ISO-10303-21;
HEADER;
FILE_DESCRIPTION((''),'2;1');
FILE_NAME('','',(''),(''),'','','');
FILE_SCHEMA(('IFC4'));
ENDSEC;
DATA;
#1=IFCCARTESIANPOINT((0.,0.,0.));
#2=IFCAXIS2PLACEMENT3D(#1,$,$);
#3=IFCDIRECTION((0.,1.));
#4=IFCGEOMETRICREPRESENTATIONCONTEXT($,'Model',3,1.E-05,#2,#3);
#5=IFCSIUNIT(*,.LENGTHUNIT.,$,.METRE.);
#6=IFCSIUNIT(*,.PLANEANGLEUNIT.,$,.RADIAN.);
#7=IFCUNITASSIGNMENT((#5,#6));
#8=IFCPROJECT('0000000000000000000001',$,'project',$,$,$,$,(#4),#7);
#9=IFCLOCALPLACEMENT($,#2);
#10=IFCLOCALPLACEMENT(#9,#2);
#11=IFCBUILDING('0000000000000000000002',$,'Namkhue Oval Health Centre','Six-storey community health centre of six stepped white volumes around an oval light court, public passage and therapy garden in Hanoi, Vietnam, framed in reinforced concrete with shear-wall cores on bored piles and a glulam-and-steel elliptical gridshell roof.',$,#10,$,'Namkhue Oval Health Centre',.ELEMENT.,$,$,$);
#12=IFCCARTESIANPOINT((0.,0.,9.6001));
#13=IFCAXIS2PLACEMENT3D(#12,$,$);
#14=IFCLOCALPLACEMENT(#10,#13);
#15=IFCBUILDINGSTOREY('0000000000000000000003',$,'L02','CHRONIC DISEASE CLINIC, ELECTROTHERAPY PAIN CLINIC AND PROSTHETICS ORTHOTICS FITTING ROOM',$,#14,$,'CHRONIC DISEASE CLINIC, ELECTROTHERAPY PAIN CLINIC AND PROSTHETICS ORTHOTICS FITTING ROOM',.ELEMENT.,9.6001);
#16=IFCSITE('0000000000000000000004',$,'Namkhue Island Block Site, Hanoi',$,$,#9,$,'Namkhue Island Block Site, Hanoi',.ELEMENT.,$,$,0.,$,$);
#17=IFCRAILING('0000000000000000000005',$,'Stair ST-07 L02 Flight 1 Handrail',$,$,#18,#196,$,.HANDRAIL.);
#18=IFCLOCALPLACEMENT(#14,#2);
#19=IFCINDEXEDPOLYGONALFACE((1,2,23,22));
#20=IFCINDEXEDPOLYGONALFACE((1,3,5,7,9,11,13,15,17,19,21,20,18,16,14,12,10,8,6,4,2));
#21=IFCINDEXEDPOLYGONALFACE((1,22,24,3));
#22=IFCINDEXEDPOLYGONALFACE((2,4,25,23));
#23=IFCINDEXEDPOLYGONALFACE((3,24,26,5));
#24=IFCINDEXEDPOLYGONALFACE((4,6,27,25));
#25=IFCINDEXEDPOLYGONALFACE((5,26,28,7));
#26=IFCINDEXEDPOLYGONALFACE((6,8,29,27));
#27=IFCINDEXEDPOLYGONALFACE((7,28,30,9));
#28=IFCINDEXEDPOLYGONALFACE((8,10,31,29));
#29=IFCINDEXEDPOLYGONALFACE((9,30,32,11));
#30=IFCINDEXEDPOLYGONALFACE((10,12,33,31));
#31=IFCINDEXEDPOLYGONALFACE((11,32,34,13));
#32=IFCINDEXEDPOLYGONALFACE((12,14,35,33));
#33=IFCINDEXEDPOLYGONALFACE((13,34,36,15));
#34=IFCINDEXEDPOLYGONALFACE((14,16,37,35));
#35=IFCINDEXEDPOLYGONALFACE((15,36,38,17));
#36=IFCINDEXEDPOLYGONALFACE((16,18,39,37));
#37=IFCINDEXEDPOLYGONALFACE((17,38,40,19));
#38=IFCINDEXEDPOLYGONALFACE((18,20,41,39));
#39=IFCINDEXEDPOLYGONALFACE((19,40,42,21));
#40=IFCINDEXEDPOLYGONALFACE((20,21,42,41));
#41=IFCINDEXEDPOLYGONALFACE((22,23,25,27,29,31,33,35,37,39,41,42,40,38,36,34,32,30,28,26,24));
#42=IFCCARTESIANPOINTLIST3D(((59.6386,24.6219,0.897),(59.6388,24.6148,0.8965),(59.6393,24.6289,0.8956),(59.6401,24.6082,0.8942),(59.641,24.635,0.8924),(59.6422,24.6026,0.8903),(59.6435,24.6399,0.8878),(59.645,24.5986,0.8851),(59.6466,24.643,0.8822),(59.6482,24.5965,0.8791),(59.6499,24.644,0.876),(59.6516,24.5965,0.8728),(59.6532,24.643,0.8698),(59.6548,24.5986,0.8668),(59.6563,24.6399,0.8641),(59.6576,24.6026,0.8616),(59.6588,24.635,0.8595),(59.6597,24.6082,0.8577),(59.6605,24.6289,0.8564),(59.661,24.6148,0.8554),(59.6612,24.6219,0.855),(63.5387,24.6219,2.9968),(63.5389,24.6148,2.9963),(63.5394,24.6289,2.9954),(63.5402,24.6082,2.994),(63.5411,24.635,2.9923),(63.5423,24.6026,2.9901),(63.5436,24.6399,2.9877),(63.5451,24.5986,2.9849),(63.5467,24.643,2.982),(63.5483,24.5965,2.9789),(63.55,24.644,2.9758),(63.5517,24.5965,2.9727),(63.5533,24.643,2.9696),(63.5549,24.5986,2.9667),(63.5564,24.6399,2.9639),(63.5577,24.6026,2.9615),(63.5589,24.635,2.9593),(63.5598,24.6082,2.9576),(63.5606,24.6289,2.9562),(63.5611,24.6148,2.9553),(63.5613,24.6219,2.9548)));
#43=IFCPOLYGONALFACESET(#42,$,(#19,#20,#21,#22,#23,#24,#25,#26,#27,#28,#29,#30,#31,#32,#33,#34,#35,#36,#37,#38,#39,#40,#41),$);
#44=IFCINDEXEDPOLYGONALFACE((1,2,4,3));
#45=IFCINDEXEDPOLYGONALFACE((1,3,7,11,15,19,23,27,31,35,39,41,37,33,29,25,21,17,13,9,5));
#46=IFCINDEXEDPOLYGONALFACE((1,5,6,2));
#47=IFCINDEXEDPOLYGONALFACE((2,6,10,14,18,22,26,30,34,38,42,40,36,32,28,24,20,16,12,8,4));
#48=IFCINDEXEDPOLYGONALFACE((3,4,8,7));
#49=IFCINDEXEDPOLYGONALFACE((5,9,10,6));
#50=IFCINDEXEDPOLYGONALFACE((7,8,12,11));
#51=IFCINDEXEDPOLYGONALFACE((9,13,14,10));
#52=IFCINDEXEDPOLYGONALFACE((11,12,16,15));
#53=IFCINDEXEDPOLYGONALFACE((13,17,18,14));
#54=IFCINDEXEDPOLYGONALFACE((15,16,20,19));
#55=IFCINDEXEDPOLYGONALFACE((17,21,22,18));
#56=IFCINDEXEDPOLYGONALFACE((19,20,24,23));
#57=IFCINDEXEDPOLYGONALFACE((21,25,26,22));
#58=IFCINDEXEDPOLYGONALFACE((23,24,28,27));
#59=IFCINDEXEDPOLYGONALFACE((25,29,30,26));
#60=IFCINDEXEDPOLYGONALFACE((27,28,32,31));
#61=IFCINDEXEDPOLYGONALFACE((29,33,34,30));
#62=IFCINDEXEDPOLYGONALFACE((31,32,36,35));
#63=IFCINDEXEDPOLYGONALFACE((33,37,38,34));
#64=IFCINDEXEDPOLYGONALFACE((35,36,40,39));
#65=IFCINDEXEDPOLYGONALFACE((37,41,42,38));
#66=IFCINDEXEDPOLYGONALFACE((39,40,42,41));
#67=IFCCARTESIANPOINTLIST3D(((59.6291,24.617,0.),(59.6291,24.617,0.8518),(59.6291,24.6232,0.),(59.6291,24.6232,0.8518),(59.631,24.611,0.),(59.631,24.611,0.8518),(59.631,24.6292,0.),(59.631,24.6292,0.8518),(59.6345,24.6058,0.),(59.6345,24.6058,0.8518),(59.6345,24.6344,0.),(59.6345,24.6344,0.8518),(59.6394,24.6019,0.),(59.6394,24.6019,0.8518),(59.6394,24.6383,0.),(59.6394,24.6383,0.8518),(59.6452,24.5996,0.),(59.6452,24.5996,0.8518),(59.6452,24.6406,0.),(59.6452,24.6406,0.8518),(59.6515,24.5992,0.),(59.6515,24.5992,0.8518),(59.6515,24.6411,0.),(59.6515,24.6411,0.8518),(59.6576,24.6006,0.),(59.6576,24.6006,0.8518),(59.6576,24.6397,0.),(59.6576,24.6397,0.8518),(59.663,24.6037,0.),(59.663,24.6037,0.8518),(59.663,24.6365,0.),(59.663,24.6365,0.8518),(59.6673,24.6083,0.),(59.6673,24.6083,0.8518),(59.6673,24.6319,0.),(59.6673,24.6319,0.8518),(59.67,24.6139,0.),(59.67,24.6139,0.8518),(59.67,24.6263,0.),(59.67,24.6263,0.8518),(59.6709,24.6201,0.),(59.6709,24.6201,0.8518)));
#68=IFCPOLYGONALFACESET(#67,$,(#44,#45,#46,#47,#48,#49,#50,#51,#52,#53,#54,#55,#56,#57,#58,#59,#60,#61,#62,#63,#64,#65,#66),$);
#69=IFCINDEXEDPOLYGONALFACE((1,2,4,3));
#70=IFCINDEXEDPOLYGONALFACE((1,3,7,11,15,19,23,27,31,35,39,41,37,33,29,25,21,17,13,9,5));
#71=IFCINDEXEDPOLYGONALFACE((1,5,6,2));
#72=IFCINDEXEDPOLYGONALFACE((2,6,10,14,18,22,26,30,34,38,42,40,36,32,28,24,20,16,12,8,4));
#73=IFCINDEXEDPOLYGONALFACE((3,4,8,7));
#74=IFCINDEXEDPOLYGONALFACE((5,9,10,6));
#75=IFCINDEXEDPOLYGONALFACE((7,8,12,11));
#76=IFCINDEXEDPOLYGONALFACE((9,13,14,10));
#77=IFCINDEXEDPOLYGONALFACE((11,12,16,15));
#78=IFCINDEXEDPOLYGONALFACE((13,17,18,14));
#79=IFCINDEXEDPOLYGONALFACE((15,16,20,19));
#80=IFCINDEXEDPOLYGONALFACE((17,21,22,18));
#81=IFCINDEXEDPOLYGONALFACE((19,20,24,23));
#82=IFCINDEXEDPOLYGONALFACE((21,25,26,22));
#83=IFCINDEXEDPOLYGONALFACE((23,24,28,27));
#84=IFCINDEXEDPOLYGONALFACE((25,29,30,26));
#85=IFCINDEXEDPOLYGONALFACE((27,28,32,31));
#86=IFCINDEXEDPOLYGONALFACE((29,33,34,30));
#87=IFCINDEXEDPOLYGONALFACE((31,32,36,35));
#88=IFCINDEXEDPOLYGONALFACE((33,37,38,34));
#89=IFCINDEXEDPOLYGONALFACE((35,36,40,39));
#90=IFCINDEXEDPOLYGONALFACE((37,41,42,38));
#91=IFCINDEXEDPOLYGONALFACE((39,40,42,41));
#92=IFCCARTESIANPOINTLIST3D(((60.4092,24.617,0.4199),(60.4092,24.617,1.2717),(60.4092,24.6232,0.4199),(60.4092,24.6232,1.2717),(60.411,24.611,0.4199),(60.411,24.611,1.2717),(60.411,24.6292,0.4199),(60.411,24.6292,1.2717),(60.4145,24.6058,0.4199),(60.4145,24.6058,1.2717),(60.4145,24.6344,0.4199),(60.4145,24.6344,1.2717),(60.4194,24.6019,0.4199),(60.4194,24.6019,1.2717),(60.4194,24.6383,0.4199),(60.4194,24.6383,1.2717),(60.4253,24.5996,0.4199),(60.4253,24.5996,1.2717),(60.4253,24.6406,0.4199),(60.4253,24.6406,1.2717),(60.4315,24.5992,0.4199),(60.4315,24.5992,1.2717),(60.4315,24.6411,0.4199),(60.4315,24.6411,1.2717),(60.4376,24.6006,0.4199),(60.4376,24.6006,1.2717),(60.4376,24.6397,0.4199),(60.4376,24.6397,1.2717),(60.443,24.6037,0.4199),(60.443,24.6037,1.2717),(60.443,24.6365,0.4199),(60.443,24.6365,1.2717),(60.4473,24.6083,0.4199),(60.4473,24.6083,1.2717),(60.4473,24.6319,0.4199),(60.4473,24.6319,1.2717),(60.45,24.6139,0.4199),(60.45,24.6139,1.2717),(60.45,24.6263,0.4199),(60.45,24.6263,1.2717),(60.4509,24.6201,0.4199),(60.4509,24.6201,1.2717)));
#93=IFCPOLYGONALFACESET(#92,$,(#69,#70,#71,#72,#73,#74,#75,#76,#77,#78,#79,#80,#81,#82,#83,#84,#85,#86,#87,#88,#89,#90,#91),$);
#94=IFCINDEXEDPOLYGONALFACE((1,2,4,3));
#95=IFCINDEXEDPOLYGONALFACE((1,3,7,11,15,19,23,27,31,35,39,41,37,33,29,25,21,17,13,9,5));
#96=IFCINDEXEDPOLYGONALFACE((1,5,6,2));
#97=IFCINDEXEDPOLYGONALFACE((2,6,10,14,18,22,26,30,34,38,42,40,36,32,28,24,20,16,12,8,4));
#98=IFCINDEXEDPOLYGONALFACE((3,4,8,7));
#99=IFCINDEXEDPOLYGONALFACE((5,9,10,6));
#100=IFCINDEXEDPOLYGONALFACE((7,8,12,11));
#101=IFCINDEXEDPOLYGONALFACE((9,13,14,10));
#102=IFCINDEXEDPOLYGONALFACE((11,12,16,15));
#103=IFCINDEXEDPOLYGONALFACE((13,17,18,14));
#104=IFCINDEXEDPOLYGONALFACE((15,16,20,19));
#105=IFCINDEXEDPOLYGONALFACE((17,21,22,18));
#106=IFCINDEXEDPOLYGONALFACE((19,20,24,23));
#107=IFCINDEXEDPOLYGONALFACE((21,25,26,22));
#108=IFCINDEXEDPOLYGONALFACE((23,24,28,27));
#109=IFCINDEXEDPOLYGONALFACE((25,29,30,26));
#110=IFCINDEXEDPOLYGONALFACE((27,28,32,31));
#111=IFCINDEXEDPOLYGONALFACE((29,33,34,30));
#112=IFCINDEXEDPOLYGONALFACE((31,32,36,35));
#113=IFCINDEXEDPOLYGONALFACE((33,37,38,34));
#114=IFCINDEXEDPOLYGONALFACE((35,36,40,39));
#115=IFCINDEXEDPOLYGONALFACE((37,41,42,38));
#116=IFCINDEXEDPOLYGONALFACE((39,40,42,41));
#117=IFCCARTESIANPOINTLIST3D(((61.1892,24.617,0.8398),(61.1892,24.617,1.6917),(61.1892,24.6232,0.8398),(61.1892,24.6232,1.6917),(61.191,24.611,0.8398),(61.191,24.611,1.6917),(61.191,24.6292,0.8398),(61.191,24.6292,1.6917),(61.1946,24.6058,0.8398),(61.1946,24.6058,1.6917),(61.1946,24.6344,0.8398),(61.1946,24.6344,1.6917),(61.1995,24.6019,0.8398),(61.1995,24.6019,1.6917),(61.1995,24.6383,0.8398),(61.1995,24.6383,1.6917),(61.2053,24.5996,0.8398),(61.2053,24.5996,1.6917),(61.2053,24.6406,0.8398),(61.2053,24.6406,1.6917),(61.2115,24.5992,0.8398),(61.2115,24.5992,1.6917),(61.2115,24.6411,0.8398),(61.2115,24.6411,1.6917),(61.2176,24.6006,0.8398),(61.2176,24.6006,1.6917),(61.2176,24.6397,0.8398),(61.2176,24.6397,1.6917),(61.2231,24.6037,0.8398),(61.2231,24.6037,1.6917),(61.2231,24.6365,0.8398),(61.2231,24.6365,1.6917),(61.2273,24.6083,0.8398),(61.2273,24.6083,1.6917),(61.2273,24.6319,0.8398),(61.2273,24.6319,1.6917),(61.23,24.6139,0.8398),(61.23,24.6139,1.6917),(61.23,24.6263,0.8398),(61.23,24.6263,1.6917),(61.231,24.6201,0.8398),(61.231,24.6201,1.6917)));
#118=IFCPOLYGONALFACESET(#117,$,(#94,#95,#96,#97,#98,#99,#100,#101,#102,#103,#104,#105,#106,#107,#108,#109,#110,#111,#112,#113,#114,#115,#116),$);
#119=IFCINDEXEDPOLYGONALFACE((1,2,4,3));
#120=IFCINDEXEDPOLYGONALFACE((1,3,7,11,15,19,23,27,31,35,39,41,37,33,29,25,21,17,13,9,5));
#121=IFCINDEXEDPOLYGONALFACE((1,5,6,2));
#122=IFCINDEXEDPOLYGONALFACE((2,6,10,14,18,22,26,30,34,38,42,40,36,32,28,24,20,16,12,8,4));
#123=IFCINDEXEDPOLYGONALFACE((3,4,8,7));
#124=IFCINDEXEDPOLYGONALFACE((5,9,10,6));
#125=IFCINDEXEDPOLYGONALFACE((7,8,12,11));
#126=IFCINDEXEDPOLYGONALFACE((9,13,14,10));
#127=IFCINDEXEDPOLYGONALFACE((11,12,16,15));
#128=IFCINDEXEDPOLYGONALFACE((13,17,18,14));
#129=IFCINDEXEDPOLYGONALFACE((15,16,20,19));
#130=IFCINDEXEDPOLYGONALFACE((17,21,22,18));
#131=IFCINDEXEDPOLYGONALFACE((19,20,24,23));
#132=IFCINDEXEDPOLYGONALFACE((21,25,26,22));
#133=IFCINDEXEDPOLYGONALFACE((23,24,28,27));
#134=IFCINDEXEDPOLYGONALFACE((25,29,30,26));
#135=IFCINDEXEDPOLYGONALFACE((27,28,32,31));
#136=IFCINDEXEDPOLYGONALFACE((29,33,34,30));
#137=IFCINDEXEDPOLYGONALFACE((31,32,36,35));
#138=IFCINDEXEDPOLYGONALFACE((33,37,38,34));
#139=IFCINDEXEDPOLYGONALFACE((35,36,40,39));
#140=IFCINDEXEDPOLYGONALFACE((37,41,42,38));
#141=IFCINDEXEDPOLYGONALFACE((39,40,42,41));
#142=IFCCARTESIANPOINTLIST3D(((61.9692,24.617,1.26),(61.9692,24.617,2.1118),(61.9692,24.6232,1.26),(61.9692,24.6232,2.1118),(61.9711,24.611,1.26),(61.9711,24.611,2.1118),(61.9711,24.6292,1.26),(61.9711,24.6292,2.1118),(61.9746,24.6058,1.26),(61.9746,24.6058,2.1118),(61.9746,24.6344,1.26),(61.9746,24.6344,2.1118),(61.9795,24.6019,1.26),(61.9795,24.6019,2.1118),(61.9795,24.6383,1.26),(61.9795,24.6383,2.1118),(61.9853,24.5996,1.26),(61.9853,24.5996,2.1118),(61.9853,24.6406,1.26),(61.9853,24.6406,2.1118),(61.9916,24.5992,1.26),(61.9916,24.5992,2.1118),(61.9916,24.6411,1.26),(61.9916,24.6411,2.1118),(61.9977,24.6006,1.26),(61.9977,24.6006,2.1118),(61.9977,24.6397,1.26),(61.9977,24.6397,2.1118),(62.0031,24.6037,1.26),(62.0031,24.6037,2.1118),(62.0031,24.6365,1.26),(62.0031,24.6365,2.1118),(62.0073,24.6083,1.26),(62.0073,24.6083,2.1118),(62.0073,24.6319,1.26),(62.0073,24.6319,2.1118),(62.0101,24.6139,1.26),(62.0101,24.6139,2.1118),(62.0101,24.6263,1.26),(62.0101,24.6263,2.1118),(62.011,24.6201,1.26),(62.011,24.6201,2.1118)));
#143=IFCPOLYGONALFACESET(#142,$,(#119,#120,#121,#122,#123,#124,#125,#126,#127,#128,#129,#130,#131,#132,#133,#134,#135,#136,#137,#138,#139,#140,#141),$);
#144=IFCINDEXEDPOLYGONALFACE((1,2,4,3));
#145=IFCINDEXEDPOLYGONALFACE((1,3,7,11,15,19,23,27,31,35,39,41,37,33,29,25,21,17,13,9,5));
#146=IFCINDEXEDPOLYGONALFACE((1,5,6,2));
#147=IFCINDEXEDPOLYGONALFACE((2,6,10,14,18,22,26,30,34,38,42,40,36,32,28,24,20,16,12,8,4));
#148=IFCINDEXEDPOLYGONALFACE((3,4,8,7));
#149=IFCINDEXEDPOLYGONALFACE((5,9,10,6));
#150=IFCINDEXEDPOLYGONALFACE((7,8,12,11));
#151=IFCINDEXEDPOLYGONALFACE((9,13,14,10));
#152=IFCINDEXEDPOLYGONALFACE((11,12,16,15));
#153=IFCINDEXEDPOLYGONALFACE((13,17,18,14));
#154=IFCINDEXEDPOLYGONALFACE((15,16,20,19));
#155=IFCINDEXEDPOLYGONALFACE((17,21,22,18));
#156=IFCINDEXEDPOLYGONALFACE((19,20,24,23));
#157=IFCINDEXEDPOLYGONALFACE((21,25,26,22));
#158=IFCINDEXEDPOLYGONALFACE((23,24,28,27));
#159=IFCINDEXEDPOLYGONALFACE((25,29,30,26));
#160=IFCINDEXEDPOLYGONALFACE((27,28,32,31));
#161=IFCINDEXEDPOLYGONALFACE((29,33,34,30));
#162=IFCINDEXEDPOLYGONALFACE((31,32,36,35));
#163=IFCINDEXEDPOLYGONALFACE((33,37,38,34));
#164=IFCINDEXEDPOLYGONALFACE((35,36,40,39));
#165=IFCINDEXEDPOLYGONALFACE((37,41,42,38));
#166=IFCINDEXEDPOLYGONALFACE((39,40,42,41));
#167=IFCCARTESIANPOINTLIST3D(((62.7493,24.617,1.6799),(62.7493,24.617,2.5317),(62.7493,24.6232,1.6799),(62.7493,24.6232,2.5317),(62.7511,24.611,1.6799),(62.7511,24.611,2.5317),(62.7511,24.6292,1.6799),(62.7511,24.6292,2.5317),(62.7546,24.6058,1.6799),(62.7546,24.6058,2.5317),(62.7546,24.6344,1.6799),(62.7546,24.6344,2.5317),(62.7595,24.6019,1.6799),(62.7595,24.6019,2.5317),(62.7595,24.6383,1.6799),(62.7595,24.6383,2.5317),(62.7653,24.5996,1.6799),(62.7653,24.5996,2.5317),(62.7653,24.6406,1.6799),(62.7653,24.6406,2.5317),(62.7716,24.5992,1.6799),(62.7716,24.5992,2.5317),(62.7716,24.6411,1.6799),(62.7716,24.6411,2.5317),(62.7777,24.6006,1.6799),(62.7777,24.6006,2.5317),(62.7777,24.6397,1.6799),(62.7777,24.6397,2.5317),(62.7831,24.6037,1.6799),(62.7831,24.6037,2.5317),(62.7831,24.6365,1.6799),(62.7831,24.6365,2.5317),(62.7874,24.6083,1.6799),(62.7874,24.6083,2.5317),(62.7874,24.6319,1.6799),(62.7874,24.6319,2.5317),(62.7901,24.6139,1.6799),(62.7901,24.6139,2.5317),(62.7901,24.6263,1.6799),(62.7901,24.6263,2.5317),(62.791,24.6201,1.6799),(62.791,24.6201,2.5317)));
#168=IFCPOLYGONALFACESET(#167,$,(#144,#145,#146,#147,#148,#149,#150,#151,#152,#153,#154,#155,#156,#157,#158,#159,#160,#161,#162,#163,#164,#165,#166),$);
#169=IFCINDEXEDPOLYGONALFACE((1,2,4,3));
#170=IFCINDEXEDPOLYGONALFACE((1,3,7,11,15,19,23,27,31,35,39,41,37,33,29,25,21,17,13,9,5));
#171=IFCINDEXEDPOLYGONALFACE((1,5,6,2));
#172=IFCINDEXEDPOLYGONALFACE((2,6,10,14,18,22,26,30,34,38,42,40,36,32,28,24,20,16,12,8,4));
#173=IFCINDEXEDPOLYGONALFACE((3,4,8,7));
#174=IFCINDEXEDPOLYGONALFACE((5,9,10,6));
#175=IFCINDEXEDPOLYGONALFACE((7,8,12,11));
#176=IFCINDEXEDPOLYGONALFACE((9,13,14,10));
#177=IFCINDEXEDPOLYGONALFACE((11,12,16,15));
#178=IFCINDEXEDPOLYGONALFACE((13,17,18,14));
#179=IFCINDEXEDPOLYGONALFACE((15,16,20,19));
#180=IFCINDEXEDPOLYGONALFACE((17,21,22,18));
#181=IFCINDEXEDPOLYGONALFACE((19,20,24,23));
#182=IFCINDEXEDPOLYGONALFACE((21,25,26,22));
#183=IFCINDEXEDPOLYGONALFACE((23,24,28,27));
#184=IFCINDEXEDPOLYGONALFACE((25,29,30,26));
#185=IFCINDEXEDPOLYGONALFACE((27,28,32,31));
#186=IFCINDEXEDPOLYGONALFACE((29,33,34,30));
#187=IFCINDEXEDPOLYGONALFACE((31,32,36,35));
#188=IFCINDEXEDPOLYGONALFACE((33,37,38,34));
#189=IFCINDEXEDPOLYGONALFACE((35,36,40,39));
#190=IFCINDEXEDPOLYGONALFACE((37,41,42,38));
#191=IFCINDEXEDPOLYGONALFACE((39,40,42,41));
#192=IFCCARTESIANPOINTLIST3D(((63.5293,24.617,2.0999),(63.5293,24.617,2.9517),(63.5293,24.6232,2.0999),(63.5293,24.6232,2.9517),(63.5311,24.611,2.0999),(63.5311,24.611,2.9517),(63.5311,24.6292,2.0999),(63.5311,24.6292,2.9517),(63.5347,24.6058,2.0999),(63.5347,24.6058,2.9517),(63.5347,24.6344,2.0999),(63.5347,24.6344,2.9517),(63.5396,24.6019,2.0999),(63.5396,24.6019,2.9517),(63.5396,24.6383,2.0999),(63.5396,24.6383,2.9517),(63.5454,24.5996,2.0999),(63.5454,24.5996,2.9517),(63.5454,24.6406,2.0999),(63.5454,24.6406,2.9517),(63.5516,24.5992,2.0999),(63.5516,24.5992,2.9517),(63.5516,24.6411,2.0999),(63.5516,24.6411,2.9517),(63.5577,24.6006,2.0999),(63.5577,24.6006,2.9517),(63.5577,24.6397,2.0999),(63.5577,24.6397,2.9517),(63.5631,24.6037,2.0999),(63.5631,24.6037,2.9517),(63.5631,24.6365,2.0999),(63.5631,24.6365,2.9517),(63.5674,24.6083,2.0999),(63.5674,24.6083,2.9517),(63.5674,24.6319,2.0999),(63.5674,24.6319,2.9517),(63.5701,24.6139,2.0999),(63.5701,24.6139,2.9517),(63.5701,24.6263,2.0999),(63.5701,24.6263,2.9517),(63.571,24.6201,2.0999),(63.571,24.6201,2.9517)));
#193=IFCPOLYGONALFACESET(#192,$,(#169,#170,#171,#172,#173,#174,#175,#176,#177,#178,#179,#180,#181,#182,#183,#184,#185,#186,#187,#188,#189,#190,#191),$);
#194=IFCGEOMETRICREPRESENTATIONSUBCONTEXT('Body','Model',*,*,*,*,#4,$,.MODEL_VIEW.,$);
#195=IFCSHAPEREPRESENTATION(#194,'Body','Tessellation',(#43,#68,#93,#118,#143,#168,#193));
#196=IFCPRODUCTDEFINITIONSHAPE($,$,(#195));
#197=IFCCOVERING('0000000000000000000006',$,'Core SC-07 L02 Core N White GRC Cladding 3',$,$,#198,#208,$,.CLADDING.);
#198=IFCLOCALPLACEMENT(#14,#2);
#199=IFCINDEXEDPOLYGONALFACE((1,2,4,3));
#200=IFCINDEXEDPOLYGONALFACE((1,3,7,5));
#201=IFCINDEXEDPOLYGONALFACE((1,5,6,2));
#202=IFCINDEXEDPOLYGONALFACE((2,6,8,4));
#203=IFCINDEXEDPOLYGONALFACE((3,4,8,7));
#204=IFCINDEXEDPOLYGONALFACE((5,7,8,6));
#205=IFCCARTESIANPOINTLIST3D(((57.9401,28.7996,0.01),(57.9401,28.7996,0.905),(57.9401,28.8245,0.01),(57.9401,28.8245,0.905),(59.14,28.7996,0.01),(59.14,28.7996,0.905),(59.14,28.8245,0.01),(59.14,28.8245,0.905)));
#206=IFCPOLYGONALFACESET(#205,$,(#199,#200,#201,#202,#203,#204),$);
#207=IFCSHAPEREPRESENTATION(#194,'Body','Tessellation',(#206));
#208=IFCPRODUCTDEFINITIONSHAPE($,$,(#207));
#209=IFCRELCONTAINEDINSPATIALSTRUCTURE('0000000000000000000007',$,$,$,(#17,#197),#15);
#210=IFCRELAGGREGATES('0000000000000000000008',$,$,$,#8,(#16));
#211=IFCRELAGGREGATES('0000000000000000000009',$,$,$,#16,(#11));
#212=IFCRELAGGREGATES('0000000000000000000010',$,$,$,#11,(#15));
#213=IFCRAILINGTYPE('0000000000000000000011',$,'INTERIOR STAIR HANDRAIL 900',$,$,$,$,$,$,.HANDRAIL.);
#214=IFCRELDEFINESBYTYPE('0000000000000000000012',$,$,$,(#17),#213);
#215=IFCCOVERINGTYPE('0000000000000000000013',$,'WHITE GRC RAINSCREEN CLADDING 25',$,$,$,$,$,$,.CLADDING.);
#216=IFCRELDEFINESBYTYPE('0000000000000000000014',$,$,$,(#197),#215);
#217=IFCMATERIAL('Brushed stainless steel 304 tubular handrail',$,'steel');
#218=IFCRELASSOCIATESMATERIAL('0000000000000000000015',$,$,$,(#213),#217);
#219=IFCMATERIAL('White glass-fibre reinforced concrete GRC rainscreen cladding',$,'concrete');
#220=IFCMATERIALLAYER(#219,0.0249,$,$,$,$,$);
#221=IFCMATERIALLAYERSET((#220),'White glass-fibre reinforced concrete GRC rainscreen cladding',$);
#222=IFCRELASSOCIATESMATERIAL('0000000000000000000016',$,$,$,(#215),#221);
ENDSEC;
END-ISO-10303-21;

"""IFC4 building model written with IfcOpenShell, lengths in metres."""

from ifc_helpers import new_model, si_unit, direction, frame, origin, origin_2d, place, context, subcontext, project, spatial, rectangle, circle, extrude, material, layer, layer_set, type_object, element, save


model = new_model("IFC4")

# Units and contexts
model_context = context("Model", 3, precision=1e-05, world=origin(), true_north=direction((0.0, 1.0)))
body_context = subcontext(model_context, "Body", "Model", "MODEL_VIEW")
ifc_project = project(units=[si_unit("LENGTHUNIT", "METRE"), si_unit("PLANEANGLEUNIT", "RADIAN")], contexts=[model_context])

# Site, building, storey
site_placement = place(None, origin())
site = spatial("IfcSite", under=ifc_project, at=site_placement, Name="Namkhue Island Block Site, Hanoi", LongName="Namkhue Island Block Site, Hanoi", CompositionType="ELEMENT", RefElevation=0.0)
building_placement = place(site_placement, origin())
building = spatial("IfcBuilding", under=site, at=building_placement, Name="Namkhue Oval Health Centre", Description="Six-storey community health centre of six stepped white volumes around an oval light court, public passage and therapy garden in Hanoi, Vietnam, framed in reinforced concrete with shear-wall cores on bored piles and a glulam-and-steel elliptical gridshell roof.", LongName="Namkhue Oval Health Centre", CompositionType="ELEMENT")
storey_placement = place(building_placement, frame((0.0, 0.0, 9.6001)))
storey = spatial("IfcBuildingStorey", under=building, at=storey_placement, Name="L02", Description="CHRONIC DISEASE CLINIC, ELECTROTHERAPY PAIN CLINIC AND PROSTHETICS ORTHOTICS FITTING ROOM", LongName="CHRONIC DISEASE CLINIC, ELECTROTHERAPY PAIN CLINIC AND PROSTHETICS ORTHOTICS FITTING ROOM", CompositionType="ELEMENT", Elevation=9.6001)

# Railing
ifc_material_1 = material(Name="Brushed stainless steel 304 tubular handrail", Category="steel")
railing_type_1 = type_object("IfcRailingType", Name="INTERIOR STAIR HANDRAIL 900", PredefinedType="HANDRAIL", material=ifc_material_1)
railing_1_placement = place(storey_placement, frame((59.6499, 24.6201, 0.0)))
element("IfcRailing", 1, at=railing_1_placement, inside=storey, type_object=railing_type_1, Name="Stair ST-07 L02 Flight 1 Handrail", PredefinedType="HANDRAIL", context=body_context, shape_type="SweptSolid", body=[
    extrude(circle(Radius=0.0239, at=origin_2d()), frame((0.0, 0.0, 0.876), z_axis=(0.880492, 0.0, 0.47406), x_axis=(0.0, 1.0, 0.0)), (0.0, 0.0, 1.0), 4.4294),
    extrude(circle(Radius=0.021, at=origin_2d()), origin(), (0.0, 0.0, 1.0), 0.8518),
    extrude(circle(Radius=0.021, at=origin_2d()), frame((0.78, 0.0, 0.4199)), (0.0, 0.0, 1.0), 0.8518),
    extrude(circle(Radius=0.021, at=origin_2d()), frame((1.5601, 0.0, 0.8398)), (0.0, 0.0, 1.0), 0.8518),
    extrude(circle(Radius=0.021, at=origin_2d()), frame((2.3401, 0.0, 1.26)), (0.0, 0.0, 1.0), 0.8518),
    extrude(circle(Radius=0.021, at=origin_2d()), frame((3.1201, 0.0, 1.6799)), (0.0, 0.0, 1.0), 0.8518),
    extrude(circle(Radius=0.021, at=origin_2d()), frame((3.9001, 0.0, 2.0999)), (0.0, 0.0, 1.0), 0.8518),
])

# Covering
ifc_material_2 = material(Name="White glass-fibre reinforced concrete GRC rainscreen cladding", Category="concrete")
ifc_layer_1 = layer(ifc_material_2, 0.0249)
ifc_layer_set_1 = layer_set([ifc_layer_1], Name="White glass-fibre reinforced concrete GRC rainscreen cladding")
covering_type = type_object("IfcCoveringType", Name="WHITE GRC RAINSCREEN CLADDING 25", PredefinedType="CLADDING", material=ifc_layer_set_1)
covering_1_placement = place(storey_placement, frame((58.54, 28.812, 0.01), z_axis=(0.0, 0.0, 1.0), x_axis=(-1.0, 0.0, 0.0)))
element("IfcCovering", 2, at=covering_1_placement, inside=storey, type_object=covering_type, Name="Core SC-07 L02 Core N White GRC Cladding 3", PredefinedType="CLADDING", context=body_context, shape_type="SweptSolid", body=[
    extrude(rectangle(XDim=1.2, YDim=0.0249, at=origin_2d()), origin(), (0.0, 0.0, 1.0), 0.895),
])

save(model, "model.ifc")
